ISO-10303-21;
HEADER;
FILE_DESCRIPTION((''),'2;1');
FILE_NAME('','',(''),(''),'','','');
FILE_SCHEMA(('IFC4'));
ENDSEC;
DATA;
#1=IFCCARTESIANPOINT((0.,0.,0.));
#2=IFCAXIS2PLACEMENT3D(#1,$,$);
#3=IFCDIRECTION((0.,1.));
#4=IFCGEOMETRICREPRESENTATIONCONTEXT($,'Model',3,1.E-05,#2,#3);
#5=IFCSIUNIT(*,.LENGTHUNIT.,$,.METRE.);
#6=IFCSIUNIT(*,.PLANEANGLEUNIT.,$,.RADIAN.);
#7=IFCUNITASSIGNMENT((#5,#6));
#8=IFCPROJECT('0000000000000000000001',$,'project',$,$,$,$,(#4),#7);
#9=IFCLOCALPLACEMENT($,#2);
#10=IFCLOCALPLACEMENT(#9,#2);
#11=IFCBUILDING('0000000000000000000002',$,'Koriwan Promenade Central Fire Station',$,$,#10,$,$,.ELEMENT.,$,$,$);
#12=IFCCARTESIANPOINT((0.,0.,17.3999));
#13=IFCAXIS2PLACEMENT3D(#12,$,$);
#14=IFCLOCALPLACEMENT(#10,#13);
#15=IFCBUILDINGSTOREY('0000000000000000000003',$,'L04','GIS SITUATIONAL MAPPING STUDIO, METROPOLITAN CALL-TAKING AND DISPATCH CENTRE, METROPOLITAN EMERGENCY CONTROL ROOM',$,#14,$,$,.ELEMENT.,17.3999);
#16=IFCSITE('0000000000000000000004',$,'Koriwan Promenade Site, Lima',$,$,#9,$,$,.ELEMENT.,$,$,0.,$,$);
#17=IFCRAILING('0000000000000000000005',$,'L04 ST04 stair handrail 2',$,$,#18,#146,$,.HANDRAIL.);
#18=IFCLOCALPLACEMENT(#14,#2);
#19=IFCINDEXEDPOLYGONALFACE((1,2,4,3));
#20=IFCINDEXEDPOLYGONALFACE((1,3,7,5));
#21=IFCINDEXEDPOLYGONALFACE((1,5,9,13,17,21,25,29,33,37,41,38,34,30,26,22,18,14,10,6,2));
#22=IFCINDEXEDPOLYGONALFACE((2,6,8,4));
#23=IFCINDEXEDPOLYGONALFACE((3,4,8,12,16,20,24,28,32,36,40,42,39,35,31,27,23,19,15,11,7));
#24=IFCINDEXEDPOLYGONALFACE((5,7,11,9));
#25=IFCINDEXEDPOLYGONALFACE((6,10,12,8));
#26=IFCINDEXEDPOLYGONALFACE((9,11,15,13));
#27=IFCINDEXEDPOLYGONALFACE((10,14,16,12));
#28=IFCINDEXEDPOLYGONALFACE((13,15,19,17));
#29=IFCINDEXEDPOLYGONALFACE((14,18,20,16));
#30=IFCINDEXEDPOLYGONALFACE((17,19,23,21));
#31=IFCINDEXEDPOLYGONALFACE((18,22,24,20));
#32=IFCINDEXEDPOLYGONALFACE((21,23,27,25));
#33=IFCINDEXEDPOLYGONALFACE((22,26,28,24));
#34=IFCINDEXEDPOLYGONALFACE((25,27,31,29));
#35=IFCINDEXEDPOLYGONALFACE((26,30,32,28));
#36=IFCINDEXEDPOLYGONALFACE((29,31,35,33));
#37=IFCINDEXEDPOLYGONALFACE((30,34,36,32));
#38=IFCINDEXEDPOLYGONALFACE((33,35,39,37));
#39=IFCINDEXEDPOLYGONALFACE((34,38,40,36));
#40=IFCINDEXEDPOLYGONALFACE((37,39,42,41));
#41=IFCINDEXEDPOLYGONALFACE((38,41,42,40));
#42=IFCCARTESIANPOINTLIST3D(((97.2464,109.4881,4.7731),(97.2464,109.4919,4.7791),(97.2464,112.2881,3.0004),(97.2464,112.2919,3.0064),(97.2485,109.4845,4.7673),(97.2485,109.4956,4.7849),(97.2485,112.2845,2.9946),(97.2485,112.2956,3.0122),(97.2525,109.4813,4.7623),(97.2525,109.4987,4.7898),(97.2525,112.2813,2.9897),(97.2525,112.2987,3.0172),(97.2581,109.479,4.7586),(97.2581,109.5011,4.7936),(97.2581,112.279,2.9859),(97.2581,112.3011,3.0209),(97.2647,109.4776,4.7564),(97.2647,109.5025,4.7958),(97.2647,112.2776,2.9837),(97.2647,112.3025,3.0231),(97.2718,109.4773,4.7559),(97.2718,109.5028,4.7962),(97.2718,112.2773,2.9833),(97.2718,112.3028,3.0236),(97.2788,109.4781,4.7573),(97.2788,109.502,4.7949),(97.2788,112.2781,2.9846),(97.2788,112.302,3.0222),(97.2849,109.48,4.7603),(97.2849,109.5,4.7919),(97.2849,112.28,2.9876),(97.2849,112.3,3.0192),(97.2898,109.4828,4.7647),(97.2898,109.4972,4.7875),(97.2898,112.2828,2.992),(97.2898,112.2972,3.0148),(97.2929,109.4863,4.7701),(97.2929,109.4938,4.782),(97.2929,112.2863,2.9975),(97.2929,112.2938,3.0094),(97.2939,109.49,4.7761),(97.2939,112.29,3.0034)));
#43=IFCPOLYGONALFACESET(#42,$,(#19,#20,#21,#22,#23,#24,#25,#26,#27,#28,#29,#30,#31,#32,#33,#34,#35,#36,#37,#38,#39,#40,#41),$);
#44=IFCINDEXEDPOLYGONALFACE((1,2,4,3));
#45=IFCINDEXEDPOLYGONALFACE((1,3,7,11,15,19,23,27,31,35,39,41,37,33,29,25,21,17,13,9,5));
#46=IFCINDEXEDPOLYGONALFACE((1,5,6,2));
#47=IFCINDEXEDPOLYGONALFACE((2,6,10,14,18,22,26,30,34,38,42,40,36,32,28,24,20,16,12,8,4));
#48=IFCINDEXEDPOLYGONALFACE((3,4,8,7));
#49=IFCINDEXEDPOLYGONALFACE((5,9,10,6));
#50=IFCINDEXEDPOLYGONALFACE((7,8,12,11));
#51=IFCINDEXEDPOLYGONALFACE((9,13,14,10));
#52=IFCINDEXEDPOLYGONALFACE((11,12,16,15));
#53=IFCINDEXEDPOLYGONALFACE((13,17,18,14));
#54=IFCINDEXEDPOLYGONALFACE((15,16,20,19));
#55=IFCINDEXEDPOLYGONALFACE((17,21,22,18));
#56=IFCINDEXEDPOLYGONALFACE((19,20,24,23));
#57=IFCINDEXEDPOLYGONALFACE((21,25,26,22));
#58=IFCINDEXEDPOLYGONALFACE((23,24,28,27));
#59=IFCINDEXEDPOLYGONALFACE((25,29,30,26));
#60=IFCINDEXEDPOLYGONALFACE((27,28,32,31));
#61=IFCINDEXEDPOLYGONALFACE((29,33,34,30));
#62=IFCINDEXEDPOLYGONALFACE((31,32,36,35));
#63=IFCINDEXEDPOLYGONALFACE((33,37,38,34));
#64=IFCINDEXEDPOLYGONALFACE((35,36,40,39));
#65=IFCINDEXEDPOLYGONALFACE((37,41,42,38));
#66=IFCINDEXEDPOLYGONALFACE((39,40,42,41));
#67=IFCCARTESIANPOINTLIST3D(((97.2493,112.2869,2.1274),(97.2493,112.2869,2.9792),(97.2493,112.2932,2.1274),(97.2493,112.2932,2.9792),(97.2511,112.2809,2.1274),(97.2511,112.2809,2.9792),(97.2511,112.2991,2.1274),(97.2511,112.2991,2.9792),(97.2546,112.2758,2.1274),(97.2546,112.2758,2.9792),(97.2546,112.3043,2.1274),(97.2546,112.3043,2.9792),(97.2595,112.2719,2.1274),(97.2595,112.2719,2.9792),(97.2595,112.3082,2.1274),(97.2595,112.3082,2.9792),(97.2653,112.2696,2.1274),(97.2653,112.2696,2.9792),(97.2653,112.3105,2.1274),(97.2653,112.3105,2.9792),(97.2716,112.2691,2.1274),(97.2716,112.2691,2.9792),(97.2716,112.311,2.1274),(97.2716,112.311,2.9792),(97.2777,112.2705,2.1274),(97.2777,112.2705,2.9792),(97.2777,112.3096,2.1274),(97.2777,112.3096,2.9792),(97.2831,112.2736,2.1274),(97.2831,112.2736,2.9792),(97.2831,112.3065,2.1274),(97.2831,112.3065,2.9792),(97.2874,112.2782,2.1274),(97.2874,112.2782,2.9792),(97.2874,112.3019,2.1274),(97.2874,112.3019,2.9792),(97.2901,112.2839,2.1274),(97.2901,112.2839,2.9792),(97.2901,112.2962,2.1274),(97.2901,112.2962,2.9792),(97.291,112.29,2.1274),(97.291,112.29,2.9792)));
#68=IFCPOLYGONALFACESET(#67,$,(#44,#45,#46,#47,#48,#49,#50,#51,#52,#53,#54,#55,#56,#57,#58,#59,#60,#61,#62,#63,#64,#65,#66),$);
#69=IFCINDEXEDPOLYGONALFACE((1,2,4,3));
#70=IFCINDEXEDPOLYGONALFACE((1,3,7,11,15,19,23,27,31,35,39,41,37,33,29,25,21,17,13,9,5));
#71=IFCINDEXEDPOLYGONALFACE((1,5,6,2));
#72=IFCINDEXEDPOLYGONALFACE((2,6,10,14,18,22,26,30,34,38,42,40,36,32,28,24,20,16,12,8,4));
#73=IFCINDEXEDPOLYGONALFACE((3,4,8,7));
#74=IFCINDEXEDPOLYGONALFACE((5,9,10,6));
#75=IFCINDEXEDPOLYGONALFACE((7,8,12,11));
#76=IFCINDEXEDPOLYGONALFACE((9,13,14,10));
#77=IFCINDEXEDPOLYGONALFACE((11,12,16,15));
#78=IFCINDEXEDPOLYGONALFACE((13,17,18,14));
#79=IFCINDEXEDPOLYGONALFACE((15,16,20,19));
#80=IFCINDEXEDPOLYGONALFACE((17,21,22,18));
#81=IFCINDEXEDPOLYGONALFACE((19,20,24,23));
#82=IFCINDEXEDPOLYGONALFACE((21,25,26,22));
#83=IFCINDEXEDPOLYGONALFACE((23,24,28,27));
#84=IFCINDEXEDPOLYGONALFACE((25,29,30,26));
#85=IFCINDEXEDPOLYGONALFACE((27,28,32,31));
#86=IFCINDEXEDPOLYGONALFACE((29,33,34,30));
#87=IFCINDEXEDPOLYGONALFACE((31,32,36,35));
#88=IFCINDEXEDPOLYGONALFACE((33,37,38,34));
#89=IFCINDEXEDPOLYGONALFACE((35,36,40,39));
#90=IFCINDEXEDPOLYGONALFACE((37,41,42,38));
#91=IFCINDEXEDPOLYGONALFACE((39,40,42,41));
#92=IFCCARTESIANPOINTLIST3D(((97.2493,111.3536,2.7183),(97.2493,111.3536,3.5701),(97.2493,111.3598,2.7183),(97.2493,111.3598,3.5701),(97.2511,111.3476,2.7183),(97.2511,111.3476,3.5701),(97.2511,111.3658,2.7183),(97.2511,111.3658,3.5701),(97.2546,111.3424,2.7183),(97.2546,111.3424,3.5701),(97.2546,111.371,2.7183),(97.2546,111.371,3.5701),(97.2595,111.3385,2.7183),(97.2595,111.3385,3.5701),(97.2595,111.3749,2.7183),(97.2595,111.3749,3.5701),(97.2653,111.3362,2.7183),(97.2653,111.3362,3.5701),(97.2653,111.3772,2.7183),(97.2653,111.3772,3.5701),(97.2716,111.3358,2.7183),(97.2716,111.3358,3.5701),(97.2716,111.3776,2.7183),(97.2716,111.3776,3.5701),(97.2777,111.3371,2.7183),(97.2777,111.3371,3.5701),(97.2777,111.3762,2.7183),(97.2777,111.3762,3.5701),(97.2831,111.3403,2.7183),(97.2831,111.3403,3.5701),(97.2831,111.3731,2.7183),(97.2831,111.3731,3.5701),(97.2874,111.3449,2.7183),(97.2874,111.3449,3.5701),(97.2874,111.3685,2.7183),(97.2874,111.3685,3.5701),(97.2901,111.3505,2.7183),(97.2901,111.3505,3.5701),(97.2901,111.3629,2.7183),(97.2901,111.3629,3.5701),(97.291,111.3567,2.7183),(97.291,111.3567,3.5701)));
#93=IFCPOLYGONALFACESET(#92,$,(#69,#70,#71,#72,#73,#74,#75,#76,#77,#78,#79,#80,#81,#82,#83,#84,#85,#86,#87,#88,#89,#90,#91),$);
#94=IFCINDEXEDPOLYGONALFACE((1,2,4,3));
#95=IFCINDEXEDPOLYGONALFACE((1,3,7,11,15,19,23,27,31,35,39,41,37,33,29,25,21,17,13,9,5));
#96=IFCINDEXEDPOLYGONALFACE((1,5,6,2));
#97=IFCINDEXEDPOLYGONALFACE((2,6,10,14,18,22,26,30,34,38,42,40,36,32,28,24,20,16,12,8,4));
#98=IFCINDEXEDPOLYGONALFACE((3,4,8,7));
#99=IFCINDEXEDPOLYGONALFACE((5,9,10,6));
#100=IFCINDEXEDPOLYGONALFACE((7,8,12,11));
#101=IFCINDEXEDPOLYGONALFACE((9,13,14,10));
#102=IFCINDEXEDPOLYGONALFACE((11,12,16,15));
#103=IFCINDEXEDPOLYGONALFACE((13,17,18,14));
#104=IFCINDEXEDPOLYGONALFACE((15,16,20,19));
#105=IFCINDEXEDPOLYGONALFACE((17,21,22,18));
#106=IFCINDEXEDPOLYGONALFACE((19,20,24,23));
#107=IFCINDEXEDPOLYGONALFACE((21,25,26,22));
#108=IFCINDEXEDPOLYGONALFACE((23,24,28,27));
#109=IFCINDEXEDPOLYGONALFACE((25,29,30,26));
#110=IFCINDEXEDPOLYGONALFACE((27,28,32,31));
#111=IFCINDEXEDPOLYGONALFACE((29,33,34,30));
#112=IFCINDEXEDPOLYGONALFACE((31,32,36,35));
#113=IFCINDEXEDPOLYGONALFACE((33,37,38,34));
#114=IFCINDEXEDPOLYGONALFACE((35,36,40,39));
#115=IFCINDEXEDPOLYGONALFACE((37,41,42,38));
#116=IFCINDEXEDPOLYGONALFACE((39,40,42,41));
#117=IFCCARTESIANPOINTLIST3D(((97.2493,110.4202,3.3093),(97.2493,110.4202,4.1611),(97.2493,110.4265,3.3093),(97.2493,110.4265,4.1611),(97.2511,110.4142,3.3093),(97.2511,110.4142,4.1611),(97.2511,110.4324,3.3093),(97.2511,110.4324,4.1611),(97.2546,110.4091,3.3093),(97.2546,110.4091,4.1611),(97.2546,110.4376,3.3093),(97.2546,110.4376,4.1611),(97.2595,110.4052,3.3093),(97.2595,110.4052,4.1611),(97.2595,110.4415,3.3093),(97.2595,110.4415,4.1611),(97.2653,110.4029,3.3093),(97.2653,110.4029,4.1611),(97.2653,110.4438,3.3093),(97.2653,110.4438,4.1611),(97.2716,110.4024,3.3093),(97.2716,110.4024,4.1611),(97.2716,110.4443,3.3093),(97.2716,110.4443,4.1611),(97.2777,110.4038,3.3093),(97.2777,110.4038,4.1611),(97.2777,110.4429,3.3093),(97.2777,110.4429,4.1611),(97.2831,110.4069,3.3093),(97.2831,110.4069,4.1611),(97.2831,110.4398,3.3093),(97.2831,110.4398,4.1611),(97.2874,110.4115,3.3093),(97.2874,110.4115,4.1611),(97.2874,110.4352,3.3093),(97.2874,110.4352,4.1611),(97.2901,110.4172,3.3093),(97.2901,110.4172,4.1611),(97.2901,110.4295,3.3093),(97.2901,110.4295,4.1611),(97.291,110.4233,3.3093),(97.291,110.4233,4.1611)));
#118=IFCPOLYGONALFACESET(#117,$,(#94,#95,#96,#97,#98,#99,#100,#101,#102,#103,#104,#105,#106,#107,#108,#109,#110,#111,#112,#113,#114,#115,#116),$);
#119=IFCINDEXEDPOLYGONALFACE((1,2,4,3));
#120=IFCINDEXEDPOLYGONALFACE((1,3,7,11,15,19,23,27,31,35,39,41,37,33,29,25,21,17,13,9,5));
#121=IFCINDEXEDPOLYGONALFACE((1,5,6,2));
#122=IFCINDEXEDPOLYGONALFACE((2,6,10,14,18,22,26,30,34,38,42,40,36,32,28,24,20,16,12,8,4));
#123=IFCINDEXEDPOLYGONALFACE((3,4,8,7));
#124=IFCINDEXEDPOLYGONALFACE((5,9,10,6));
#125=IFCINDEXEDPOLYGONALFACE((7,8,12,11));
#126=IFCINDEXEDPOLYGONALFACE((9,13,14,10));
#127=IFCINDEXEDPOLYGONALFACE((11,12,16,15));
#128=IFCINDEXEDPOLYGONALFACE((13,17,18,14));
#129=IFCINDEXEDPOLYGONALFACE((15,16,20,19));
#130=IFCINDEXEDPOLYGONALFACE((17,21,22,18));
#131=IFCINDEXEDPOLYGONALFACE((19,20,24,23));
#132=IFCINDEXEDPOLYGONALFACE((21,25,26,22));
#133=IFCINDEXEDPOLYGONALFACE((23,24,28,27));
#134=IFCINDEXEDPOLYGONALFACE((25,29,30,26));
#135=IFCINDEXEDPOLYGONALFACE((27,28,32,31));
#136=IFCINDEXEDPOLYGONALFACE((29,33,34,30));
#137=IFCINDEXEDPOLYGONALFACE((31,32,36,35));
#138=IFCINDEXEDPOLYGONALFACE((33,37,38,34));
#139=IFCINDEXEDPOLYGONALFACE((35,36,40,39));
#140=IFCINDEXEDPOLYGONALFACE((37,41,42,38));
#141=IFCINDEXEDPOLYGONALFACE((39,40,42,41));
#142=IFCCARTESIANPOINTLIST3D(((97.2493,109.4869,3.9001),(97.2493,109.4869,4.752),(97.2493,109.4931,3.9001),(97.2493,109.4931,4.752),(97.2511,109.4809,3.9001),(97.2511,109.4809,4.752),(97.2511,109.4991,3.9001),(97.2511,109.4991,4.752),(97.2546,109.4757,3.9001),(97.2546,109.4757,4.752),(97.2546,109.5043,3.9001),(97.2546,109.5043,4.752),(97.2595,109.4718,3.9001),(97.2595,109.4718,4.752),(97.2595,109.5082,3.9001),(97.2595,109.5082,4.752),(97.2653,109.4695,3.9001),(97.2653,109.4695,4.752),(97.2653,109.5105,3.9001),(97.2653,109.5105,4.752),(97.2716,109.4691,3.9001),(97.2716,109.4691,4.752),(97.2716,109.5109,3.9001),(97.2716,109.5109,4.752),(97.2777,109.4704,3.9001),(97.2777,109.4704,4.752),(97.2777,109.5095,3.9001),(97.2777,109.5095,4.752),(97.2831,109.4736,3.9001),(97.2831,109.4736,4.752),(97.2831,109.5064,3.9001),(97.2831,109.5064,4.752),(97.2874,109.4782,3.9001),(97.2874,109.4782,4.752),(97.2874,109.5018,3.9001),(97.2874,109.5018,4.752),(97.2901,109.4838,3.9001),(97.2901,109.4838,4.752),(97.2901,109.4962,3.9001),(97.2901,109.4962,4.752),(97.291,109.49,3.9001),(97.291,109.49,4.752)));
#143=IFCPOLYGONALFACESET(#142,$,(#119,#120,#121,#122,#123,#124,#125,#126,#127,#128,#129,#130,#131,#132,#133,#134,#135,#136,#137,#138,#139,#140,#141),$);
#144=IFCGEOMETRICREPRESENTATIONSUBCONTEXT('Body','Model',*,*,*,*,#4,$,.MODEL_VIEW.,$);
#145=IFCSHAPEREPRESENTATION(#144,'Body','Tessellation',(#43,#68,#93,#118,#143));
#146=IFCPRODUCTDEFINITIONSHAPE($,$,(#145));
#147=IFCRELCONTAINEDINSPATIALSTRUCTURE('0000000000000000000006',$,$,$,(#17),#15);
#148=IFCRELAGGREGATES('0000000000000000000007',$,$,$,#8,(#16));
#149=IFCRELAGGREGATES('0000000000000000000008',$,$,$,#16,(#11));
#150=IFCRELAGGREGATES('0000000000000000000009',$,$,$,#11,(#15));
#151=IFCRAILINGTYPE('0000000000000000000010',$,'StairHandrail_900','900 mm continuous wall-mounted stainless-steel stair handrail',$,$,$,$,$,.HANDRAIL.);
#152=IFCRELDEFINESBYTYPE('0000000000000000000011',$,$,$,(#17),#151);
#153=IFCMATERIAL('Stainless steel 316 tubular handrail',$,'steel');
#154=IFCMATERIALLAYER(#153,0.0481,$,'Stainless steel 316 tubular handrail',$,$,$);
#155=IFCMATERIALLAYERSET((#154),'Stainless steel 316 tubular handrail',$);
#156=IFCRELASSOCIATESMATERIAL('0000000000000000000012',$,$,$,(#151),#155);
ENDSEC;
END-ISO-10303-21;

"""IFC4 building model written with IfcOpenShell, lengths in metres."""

from ifc_helpers import new_model, si_unit, direction, frame, origin, origin_2d, place, context, subcontext, project, spatial, circle, extrude, material, layer, layer_set, type_object, element, save


model = new_model("IFC4")

# Units and contexts
model_context = context("Model", 3, precision=1e-05, world=origin(), true_north=direction((0.0, 1.0)))
body_context = subcontext(model_context, "Body", "Model", "MODEL_VIEW")
ifc_project = project(units=[si_unit("LENGTHUNIT", "METRE"), si_unit("PLANEANGLEUNIT", "RADIAN")], contexts=[model_context])

# Site, building, storey
site_placement = place(None, origin())
site = spatial("IfcSite", under=ifc_project, at=site_placement, Name="Koriwan Promenade Site, Lima", CompositionType="ELEMENT", RefElevation=0.0)
building_placement = place(site_placement, origin())
building = spatial("IfcBuilding", under=site, at=building_placement, Name="Koriwan Promenade Central Fire Station", CompositionType="ELEMENT")
storey_placement = place(building_placement, frame((0.0, 0.0, 17.3999)))
storey = spatial("IfcBuildingStorey", under=building, at=storey_placement, Name="L04", Description="GIS SITUATIONAL MAPPING STUDIO, METROPOLITAN CALL-TAKING AND DISPATCH CENTRE, METROPOLITAN EMERGENCY CONTROL ROOM", CompositionType="ELEMENT", Elevation=17.3999)

# Railing
ifc_material_1 = material(Name="Stainless steel 316 tubular handrail", Category="steel")
ifc_layer_1 = layer(ifc_material_1, 0.0481, Name="Stainless steel 316 tubular handrail")
ifc_layer_set_1 = layer_set([ifc_layer_1], Name="Stainless steel 316 tubular handrail")
railing_type_1 = type_object("IfcRailingType", Name="StairHandrail_900", Description="900 mm continuous wall-mounted stainless-steel stair handrail", PredefinedType="HANDRAIL", material=ifc_layer_set_1)
railing_1_placement = place(storey_placement, frame((97.27, 112.29, 2.1274)))
element("IfcRailing", 1, at=railing_1_placement, inside=storey, type_object=railing_type_1, Name="L04 ST04 stair handrail 2", PredefinedType="HANDRAIL", context=body_context, shape_type="SweptSolid", body=[
    extrude(circle(Radius=0.0239, at=origin_2d()), frame((0.0, 0.0, 0.876), z_axis=(0.0, -0.844909, 0.53491), x_axis=(1.0, 0.0, 0.0)), (0.0, 0.0, 1.0), 3.314),
    extrude(circle(Radius=0.021, at=origin_2d()), origin(), (0.0, 0.0, 1.0), 0.8518),
    extrude(circle(Radius=0.021, at=origin_2d()), frame((0.0, -0.9333, 0.5908)), (0.0, 0.0, 1.0), 0.8518),
    extrude(circle(Radius=0.021, at=origin_2d()), frame((0.0, -1.8667, 1.1819)), (0.0, 0.0, 1.0), 0.8518),
    extrude(circle(Radius=0.021, at=origin_2d()), frame((0.0, -2.8, 1.7727)), (0.0, 0.0, 1.0), 0.8518),
])

save(model, "model.ifc")
